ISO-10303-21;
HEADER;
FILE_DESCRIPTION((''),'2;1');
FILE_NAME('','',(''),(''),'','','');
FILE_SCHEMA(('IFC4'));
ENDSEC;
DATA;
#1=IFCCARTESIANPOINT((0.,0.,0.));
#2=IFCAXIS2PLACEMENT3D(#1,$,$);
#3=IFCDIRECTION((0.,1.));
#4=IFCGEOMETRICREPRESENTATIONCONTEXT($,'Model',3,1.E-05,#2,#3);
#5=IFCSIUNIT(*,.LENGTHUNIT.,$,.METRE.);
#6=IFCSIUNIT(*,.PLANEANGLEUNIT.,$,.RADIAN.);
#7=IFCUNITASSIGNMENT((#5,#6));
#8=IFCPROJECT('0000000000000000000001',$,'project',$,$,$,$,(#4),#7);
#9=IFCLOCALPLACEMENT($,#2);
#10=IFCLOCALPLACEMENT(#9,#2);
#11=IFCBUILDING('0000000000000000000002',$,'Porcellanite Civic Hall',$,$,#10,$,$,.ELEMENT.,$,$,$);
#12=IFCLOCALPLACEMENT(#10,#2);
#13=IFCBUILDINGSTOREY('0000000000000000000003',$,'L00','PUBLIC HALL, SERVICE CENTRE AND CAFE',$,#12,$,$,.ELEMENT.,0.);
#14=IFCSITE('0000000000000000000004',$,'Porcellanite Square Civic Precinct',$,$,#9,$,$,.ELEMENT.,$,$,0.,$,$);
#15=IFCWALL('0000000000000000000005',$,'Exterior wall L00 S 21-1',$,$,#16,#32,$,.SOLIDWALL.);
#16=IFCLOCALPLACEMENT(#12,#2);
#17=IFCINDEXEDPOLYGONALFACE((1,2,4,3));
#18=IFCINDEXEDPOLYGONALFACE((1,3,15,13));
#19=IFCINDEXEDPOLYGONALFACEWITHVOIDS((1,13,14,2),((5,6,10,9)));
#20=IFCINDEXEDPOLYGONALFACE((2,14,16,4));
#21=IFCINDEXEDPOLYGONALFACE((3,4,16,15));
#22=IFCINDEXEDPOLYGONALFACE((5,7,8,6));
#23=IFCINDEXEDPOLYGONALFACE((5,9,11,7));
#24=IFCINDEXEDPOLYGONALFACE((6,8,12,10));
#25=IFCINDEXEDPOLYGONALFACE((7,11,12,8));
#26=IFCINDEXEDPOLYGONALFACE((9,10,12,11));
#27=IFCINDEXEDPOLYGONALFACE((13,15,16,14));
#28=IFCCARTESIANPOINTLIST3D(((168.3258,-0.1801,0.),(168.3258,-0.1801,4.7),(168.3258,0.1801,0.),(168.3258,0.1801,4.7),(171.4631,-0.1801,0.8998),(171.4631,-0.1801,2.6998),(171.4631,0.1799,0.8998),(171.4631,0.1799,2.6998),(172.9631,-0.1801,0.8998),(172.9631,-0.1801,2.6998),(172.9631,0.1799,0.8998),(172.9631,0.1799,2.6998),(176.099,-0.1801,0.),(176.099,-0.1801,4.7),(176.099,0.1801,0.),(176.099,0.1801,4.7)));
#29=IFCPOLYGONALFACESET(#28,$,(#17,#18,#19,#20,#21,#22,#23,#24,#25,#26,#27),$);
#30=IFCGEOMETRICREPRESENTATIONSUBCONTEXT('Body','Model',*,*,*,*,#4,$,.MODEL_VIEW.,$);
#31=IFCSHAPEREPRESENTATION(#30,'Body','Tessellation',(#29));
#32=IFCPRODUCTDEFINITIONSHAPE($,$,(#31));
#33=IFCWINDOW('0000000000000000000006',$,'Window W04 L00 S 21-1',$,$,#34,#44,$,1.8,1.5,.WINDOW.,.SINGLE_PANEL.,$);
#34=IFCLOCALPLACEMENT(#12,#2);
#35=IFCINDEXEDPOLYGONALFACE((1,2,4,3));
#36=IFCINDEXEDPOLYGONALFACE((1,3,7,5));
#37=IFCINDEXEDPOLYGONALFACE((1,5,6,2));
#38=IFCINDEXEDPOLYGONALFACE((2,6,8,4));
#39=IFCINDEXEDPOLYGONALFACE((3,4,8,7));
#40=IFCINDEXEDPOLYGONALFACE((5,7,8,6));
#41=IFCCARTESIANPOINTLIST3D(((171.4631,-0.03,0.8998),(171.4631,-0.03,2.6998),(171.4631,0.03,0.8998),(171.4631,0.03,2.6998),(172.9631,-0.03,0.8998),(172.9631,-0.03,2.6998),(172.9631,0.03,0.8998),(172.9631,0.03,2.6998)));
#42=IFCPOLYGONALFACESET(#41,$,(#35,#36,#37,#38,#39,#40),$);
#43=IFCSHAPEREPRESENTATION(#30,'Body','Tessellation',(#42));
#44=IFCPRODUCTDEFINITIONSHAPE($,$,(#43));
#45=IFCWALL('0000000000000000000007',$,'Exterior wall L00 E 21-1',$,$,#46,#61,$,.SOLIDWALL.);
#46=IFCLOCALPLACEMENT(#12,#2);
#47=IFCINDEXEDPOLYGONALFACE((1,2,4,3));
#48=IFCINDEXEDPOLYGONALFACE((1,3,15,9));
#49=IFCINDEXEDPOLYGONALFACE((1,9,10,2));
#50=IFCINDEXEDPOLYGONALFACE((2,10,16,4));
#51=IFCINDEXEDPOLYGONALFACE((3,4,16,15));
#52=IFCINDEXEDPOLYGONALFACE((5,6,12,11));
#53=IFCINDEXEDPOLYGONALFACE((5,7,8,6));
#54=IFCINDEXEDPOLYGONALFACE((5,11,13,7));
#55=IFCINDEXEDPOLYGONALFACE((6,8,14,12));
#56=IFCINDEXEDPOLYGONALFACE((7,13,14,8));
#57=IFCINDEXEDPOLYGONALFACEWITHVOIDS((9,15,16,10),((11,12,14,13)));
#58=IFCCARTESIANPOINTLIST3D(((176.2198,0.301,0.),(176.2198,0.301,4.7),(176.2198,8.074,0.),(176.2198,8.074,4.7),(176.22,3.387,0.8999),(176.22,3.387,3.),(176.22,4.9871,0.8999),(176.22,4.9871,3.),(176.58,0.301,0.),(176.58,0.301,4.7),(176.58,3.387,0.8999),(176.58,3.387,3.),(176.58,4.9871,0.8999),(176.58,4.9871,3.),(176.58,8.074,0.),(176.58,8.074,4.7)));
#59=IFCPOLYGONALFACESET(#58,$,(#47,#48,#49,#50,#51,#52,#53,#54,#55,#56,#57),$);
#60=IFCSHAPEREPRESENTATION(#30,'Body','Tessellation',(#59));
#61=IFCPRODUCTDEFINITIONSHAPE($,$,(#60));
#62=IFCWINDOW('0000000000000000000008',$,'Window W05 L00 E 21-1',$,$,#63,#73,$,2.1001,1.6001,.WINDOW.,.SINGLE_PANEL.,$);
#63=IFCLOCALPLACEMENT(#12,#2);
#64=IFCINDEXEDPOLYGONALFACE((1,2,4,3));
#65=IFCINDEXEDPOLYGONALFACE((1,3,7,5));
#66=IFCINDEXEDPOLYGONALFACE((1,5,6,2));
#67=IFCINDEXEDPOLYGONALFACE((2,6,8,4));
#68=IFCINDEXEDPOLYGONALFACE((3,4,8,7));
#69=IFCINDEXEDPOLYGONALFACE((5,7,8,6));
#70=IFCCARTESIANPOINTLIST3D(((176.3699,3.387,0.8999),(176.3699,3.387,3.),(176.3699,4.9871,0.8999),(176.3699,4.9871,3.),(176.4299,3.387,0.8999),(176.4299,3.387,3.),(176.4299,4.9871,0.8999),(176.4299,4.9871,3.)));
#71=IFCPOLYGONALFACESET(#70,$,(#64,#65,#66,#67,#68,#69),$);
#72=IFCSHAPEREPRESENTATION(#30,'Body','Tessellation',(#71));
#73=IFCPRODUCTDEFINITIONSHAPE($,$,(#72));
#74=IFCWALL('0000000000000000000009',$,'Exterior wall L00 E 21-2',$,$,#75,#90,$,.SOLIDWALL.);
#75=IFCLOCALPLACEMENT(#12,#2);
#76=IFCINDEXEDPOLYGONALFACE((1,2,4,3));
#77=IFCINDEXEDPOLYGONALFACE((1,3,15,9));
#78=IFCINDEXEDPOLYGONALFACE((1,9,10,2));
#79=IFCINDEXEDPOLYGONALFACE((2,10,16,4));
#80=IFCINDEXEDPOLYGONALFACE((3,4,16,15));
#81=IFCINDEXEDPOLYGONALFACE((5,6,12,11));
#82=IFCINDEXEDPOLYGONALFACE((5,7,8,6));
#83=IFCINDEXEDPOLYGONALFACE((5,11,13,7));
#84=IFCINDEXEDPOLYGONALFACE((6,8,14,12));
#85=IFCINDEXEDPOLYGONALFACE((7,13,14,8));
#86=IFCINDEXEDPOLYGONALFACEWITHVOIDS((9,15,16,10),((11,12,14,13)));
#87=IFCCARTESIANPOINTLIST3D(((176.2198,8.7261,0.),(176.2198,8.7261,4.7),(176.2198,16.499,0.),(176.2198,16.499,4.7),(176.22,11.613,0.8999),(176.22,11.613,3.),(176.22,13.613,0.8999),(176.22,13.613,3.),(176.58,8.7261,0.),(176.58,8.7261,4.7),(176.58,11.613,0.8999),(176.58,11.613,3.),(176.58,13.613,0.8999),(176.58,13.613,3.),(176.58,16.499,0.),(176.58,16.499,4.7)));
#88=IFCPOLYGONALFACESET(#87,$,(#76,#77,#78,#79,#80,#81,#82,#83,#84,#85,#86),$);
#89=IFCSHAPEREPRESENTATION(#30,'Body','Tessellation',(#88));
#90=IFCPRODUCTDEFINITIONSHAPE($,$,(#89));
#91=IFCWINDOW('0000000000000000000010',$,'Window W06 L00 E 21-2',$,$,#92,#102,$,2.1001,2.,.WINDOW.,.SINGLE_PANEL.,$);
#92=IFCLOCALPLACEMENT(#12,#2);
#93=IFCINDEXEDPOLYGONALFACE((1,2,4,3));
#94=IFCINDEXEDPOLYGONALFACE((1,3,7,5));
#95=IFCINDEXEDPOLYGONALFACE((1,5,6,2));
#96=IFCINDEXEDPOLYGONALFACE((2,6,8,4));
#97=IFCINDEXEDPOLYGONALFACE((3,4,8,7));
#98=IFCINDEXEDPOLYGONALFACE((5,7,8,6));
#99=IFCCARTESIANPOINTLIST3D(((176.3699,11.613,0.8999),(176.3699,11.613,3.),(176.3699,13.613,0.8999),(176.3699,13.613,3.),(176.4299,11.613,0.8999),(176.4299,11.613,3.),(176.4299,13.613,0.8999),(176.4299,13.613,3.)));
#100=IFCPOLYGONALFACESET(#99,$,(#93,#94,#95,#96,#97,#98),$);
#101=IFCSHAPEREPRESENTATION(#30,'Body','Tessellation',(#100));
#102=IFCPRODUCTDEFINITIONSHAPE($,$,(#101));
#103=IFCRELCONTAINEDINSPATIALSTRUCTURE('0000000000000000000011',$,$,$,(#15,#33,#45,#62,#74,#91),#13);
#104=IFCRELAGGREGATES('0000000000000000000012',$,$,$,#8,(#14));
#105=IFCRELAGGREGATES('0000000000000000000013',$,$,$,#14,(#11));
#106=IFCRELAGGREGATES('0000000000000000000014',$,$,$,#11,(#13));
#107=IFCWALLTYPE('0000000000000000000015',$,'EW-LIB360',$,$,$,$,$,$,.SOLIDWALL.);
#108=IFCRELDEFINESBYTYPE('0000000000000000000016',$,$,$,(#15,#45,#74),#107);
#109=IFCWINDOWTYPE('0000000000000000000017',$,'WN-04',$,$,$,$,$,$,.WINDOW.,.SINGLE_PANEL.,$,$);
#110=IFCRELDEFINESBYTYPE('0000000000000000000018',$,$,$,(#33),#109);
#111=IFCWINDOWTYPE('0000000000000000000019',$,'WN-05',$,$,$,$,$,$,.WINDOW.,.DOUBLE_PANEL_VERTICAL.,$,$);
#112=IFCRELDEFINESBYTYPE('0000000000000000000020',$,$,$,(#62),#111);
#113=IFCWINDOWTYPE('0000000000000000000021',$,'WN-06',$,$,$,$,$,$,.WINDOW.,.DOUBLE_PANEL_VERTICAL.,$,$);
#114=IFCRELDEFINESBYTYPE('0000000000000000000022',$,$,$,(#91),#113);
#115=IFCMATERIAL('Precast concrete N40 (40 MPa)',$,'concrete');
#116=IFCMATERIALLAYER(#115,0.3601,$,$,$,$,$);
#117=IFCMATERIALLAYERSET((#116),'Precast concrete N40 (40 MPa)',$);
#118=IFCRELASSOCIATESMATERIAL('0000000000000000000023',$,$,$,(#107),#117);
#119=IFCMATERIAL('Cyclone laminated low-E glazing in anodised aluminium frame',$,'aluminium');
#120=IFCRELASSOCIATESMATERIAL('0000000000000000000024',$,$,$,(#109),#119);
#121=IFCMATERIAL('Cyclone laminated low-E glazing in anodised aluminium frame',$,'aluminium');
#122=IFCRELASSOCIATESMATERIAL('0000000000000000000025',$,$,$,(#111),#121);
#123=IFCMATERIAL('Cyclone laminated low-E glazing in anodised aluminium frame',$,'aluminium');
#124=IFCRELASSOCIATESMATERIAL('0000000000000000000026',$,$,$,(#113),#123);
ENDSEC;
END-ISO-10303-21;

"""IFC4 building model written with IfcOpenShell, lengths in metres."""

from ifc_helpers import new_model, si_unit, direction, frame, frame_2d, origin, place, context, subcontext, project, spatial, rectangle, extrude, material, layer, layer_set, type_object, element, fill, save


model = new_model("IFC4")

# Units and contexts
model_context = context("Model", 3, precision=1e-05, world=origin(), true_north=direction((0.0, 1.0)))
body_context = subcontext(model_context, "Body", "Model", "MODEL_VIEW")
ifc_project = project(units=[si_unit("LENGTHUNIT", "METRE"), si_unit("PLANEANGLEUNIT", "RADIAN")], contexts=[model_context])

# Site, building, storey
site_placement = place(None, origin())
site = spatial("IfcSite", under=ifc_project, at=site_placement, Name="Porcellanite Square Civic Precinct", CompositionType="ELEMENT", RefElevation=0.0)
building_placement = place(site_placement, origin())
building = spatial("IfcBuilding", under=site, at=building_placement, Name="Porcellanite Civic Hall", CompositionType="ELEMENT")
storey_placement = place(building_placement, origin())
storey = spatial("IfcBuildingStorey", under=building, at=storey_placement, Name="L00", Description="PUBLIC HALL, SERVICE CENTRE AND CAFE", CompositionType="ELEMENT", Elevation=0.0)

# Walls, openings, windows
ifc_material_1 = material(Name="Precast concrete N40 (40 MPa)", Category="concrete")
ifc_layer_1 = layer(ifc_material_1, 0.3601)
ifc_layer_set_1 = layer_set([ifc_layer_1], Name="Precast concrete N40 (40 MPa)")
wall_type = type_object("IfcWallType", Name="EW-LIB360", PredefinedType="SOLIDWALL", material=ifc_layer_set_1)
wall_1_placement = place(storey_placement, frame((176.0991, 0.0, 0.0), z_axis=(0.0, 0.0, 1.0), x_axis=(-1.0, 0.0, 0.0)))
wall_1 = element("IfcWall", 1, at=wall_1_placement, inside=storey, type_object=wall_type, Name="Exterior wall L00 S 21-1", PredefinedType="SOLIDWALL", context=body_context, shape_type="SweptSolid", body=[
    extrude(rectangle(XDim=7.7732, YDim=0.3601, at=frame_2d((3.8867, 0.0))), origin(), (0.0, 0.0, 1.0), 4.7),
])
opening_1_placement = place(wall_1_placement, frame((3.136, 0.0, 0.8999)))
opening_1 = element("IfcOpeningElement", 2, at=opening_1_placement, cuts=wall_1, PredefinedType="OPENING", context=body_context, shape_type="SweptSolid", body=[
    extrude(rectangle(XDim=1.5, YDim=1.8, at=frame_2d((0.75, 0.8999))), frame((0.0, 0.1802, 0.0), z_axis=(0.0, -1.0, 0.0), x_axis=(1.0, 0.0, 0.0)), (0.0, 0.0, 1.0), 0.3601),
])
ifc_material_2 = material(Name="Cyclone laminated low-E glazing in anodised aluminium frame", Category="aluminium")
window_type_1 = type_object("IfcWindowType", Name="WN-04", PartitioningType="SINGLE_PANEL", PredefinedType="WINDOW", material=ifc_material_2)
window_1_placement = place(opening_1_placement, origin())
window_1 = element("IfcWindow", 3, at=window_1_placement, inside=storey, type_object=window_type_1, Name="Window W04 L00 S 21-1", OverallHeight=1.8, OverallWidth=1.5, PartitioningType="SINGLE_PANEL", PredefinedType="WINDOW", context=body_context, shape_type="SweptSolid", body=[
    extrude(rectangle(XDim=1.5, YDim=1.8, at=frame_2d((0.75, 0.8999))), frame((0.0, 0.03, 0.0), z_axis=(0.0, -1.0, 0.0), x_axis=(1.0, 0.0, 0.0)), (0.0, 0.0, 1.0), 0.0601),
])
fill(opening_1, window_1)
wall_2_placement = place(storey_placement, frame((176.3999, 8.074, 0.0), z_axis=(0.0, 0.0, 1.0), x_axis=(0.0, -1.0, 0.0)))
wall_2 = element("IfcWall", 4, at=wall_2_placement, inside=storey, type_object=wall_type, Name="Exterior wall L00 E 21-1", PredefinedType="SOLIDWALL", context=body_context, shape_type="SweptSolid", body=[
    extrude(rectangle(XDim=7.7729, YDim=0.3601, at=frame_2d((3.8865, 0.0))), origin(), (0.0, 0.0, 1.0), 4.7),
])
opening_2_placement = place(wall_2_placement, frame((3.0869, 0.0, 0.8999)))
opening_2 = element("IfcOpeningElement", 5, at=opening_2_placement, cuts=wall_2, PredefinedType="OPENING", context=body_context, shape_type="SweptSolid", body=[
    extrude(rectangle(XDim=1.6001, YDim=2.1001, at=frame_2d((0.8, 1.05))), frame((0.0, 0.1802, 0.0), z_axis=(0.0, -1.0, 0.0), x_axis=(1.0, 0.0, 0.0)), (0.0, 0.0, 1.0), 0.3601),
])
ifc_material_3 = material(Name="Cyclone laminated low-E glazing in anodised aluminium frame", Category="aluminium")
window_type_2 = type_object("IfcWindowType", Name="WN-05", PartitioningType="DOUBLE_PANEL_VERTICAL", PredefinedType="WINDOW", material=ifc_material_3)
window_2_placement = place(opening_2_placement, origin())
window_2 = element("IfcWindow", 6, at=window_2_placement, inside=storey, type_object=window_type_2, Name="Window W05 L00 E 21-1", OverallHeight=2.1001, OverallWidth=1.6001, PartitioningType="SINGLE_PANEL", PredefinedType="WINDOW", context=body_context, shape_type="SweptSolid", body=[
    extrude(rectangle(XDim=1.6001, YDim=2.1001, at=frame_2d((0.8, 1.05))), frame((0.0, 0.03, 0.0), z_axis=(0.0, -1.0, 0.0), x_axis=(1.0, 0.0, 0.0)), (0.0, 0.0, 1.0), 0.0601),
])
fill(opening_2, window_2)
wall_3_placement = place(storey_placement, frame((176.3999, 16.499, 0.0), z_axis=(0.0, 0.0, 1.0), x_axis=(0.0, -1.0, 0.0)))
wall_3 = element("IfcWall", 7, at=wall_3_placement, inside=storey, type_object=wall_type, Name="Exterior wall L00 E 21-2", PredefinedType="SOLIDWALL", context=body_context, shape_type="SweptSolid", body=[
    extrude(rectangle(XDim=7.7729, YDim=0.3601, at=frame_2d((3.8865, 0.0))), origin(), (0.0, 0.0, 1.0), 4.7),
])
opening_3_placement = place(wall_3_placement, frame((2.886, 0.0, 0.8999)))
opening_3 = element("IfcOpeningElement", 8, at=opening_3_placement, cuts=wall_3, PredefinedType="OPENING", context=body_context, shape_type="SweptSolid", body=[
    extrude(rectangle(XDim=2.0, YDim=2.1001, at=frame_2d((1.0, 1.05))), frame((0.0, 0.1802, 0.0), z_axis=(0.0, -1.0, 0.0), x_axis=(1.0, 0.0, 0.0)), (0.0, 0.0, 1.0), 0.3601),
])
ifc_material_4 = material(Name="Cyclone laminated low-E glazing in anodised aluminium frame", Category="aluminium")
window_type_3 = type_object("IfcWindowType", Name="WN-06", PartitioningType="DOUBLE_PANEL_VERTICAL", PredefinedType="WINDOW", material=ifc_material_4)
window_3_placement = place(opening_3_placement, origin())
window_3 = element("IfcWindow", 9, at=window_3_placement, inside=storey, type_object=window_type_3, Name="Window W06 L00 E 21-2", OverallHeight=2.1001, OverallWidth=2.0, PartitioningType="SINGLE_PANEL", PredefinedType="WINDOW", context=body_context, shape_type="SweptSolid", body=[
    extrude(rectangle(XDim=2.0, YDim=2.1001, at=frame_2d((1.0, 1.05))), frame((0.0, 0.03, 0.0), z_axis=(0.0, -1.0, 0.0), x_axis=(1.0, 0.0, 0.0)), (0.0, 0.0, 1.0), 0.0601),
])
fill(opening_3, window_3)

save(model, "model.ifc")
